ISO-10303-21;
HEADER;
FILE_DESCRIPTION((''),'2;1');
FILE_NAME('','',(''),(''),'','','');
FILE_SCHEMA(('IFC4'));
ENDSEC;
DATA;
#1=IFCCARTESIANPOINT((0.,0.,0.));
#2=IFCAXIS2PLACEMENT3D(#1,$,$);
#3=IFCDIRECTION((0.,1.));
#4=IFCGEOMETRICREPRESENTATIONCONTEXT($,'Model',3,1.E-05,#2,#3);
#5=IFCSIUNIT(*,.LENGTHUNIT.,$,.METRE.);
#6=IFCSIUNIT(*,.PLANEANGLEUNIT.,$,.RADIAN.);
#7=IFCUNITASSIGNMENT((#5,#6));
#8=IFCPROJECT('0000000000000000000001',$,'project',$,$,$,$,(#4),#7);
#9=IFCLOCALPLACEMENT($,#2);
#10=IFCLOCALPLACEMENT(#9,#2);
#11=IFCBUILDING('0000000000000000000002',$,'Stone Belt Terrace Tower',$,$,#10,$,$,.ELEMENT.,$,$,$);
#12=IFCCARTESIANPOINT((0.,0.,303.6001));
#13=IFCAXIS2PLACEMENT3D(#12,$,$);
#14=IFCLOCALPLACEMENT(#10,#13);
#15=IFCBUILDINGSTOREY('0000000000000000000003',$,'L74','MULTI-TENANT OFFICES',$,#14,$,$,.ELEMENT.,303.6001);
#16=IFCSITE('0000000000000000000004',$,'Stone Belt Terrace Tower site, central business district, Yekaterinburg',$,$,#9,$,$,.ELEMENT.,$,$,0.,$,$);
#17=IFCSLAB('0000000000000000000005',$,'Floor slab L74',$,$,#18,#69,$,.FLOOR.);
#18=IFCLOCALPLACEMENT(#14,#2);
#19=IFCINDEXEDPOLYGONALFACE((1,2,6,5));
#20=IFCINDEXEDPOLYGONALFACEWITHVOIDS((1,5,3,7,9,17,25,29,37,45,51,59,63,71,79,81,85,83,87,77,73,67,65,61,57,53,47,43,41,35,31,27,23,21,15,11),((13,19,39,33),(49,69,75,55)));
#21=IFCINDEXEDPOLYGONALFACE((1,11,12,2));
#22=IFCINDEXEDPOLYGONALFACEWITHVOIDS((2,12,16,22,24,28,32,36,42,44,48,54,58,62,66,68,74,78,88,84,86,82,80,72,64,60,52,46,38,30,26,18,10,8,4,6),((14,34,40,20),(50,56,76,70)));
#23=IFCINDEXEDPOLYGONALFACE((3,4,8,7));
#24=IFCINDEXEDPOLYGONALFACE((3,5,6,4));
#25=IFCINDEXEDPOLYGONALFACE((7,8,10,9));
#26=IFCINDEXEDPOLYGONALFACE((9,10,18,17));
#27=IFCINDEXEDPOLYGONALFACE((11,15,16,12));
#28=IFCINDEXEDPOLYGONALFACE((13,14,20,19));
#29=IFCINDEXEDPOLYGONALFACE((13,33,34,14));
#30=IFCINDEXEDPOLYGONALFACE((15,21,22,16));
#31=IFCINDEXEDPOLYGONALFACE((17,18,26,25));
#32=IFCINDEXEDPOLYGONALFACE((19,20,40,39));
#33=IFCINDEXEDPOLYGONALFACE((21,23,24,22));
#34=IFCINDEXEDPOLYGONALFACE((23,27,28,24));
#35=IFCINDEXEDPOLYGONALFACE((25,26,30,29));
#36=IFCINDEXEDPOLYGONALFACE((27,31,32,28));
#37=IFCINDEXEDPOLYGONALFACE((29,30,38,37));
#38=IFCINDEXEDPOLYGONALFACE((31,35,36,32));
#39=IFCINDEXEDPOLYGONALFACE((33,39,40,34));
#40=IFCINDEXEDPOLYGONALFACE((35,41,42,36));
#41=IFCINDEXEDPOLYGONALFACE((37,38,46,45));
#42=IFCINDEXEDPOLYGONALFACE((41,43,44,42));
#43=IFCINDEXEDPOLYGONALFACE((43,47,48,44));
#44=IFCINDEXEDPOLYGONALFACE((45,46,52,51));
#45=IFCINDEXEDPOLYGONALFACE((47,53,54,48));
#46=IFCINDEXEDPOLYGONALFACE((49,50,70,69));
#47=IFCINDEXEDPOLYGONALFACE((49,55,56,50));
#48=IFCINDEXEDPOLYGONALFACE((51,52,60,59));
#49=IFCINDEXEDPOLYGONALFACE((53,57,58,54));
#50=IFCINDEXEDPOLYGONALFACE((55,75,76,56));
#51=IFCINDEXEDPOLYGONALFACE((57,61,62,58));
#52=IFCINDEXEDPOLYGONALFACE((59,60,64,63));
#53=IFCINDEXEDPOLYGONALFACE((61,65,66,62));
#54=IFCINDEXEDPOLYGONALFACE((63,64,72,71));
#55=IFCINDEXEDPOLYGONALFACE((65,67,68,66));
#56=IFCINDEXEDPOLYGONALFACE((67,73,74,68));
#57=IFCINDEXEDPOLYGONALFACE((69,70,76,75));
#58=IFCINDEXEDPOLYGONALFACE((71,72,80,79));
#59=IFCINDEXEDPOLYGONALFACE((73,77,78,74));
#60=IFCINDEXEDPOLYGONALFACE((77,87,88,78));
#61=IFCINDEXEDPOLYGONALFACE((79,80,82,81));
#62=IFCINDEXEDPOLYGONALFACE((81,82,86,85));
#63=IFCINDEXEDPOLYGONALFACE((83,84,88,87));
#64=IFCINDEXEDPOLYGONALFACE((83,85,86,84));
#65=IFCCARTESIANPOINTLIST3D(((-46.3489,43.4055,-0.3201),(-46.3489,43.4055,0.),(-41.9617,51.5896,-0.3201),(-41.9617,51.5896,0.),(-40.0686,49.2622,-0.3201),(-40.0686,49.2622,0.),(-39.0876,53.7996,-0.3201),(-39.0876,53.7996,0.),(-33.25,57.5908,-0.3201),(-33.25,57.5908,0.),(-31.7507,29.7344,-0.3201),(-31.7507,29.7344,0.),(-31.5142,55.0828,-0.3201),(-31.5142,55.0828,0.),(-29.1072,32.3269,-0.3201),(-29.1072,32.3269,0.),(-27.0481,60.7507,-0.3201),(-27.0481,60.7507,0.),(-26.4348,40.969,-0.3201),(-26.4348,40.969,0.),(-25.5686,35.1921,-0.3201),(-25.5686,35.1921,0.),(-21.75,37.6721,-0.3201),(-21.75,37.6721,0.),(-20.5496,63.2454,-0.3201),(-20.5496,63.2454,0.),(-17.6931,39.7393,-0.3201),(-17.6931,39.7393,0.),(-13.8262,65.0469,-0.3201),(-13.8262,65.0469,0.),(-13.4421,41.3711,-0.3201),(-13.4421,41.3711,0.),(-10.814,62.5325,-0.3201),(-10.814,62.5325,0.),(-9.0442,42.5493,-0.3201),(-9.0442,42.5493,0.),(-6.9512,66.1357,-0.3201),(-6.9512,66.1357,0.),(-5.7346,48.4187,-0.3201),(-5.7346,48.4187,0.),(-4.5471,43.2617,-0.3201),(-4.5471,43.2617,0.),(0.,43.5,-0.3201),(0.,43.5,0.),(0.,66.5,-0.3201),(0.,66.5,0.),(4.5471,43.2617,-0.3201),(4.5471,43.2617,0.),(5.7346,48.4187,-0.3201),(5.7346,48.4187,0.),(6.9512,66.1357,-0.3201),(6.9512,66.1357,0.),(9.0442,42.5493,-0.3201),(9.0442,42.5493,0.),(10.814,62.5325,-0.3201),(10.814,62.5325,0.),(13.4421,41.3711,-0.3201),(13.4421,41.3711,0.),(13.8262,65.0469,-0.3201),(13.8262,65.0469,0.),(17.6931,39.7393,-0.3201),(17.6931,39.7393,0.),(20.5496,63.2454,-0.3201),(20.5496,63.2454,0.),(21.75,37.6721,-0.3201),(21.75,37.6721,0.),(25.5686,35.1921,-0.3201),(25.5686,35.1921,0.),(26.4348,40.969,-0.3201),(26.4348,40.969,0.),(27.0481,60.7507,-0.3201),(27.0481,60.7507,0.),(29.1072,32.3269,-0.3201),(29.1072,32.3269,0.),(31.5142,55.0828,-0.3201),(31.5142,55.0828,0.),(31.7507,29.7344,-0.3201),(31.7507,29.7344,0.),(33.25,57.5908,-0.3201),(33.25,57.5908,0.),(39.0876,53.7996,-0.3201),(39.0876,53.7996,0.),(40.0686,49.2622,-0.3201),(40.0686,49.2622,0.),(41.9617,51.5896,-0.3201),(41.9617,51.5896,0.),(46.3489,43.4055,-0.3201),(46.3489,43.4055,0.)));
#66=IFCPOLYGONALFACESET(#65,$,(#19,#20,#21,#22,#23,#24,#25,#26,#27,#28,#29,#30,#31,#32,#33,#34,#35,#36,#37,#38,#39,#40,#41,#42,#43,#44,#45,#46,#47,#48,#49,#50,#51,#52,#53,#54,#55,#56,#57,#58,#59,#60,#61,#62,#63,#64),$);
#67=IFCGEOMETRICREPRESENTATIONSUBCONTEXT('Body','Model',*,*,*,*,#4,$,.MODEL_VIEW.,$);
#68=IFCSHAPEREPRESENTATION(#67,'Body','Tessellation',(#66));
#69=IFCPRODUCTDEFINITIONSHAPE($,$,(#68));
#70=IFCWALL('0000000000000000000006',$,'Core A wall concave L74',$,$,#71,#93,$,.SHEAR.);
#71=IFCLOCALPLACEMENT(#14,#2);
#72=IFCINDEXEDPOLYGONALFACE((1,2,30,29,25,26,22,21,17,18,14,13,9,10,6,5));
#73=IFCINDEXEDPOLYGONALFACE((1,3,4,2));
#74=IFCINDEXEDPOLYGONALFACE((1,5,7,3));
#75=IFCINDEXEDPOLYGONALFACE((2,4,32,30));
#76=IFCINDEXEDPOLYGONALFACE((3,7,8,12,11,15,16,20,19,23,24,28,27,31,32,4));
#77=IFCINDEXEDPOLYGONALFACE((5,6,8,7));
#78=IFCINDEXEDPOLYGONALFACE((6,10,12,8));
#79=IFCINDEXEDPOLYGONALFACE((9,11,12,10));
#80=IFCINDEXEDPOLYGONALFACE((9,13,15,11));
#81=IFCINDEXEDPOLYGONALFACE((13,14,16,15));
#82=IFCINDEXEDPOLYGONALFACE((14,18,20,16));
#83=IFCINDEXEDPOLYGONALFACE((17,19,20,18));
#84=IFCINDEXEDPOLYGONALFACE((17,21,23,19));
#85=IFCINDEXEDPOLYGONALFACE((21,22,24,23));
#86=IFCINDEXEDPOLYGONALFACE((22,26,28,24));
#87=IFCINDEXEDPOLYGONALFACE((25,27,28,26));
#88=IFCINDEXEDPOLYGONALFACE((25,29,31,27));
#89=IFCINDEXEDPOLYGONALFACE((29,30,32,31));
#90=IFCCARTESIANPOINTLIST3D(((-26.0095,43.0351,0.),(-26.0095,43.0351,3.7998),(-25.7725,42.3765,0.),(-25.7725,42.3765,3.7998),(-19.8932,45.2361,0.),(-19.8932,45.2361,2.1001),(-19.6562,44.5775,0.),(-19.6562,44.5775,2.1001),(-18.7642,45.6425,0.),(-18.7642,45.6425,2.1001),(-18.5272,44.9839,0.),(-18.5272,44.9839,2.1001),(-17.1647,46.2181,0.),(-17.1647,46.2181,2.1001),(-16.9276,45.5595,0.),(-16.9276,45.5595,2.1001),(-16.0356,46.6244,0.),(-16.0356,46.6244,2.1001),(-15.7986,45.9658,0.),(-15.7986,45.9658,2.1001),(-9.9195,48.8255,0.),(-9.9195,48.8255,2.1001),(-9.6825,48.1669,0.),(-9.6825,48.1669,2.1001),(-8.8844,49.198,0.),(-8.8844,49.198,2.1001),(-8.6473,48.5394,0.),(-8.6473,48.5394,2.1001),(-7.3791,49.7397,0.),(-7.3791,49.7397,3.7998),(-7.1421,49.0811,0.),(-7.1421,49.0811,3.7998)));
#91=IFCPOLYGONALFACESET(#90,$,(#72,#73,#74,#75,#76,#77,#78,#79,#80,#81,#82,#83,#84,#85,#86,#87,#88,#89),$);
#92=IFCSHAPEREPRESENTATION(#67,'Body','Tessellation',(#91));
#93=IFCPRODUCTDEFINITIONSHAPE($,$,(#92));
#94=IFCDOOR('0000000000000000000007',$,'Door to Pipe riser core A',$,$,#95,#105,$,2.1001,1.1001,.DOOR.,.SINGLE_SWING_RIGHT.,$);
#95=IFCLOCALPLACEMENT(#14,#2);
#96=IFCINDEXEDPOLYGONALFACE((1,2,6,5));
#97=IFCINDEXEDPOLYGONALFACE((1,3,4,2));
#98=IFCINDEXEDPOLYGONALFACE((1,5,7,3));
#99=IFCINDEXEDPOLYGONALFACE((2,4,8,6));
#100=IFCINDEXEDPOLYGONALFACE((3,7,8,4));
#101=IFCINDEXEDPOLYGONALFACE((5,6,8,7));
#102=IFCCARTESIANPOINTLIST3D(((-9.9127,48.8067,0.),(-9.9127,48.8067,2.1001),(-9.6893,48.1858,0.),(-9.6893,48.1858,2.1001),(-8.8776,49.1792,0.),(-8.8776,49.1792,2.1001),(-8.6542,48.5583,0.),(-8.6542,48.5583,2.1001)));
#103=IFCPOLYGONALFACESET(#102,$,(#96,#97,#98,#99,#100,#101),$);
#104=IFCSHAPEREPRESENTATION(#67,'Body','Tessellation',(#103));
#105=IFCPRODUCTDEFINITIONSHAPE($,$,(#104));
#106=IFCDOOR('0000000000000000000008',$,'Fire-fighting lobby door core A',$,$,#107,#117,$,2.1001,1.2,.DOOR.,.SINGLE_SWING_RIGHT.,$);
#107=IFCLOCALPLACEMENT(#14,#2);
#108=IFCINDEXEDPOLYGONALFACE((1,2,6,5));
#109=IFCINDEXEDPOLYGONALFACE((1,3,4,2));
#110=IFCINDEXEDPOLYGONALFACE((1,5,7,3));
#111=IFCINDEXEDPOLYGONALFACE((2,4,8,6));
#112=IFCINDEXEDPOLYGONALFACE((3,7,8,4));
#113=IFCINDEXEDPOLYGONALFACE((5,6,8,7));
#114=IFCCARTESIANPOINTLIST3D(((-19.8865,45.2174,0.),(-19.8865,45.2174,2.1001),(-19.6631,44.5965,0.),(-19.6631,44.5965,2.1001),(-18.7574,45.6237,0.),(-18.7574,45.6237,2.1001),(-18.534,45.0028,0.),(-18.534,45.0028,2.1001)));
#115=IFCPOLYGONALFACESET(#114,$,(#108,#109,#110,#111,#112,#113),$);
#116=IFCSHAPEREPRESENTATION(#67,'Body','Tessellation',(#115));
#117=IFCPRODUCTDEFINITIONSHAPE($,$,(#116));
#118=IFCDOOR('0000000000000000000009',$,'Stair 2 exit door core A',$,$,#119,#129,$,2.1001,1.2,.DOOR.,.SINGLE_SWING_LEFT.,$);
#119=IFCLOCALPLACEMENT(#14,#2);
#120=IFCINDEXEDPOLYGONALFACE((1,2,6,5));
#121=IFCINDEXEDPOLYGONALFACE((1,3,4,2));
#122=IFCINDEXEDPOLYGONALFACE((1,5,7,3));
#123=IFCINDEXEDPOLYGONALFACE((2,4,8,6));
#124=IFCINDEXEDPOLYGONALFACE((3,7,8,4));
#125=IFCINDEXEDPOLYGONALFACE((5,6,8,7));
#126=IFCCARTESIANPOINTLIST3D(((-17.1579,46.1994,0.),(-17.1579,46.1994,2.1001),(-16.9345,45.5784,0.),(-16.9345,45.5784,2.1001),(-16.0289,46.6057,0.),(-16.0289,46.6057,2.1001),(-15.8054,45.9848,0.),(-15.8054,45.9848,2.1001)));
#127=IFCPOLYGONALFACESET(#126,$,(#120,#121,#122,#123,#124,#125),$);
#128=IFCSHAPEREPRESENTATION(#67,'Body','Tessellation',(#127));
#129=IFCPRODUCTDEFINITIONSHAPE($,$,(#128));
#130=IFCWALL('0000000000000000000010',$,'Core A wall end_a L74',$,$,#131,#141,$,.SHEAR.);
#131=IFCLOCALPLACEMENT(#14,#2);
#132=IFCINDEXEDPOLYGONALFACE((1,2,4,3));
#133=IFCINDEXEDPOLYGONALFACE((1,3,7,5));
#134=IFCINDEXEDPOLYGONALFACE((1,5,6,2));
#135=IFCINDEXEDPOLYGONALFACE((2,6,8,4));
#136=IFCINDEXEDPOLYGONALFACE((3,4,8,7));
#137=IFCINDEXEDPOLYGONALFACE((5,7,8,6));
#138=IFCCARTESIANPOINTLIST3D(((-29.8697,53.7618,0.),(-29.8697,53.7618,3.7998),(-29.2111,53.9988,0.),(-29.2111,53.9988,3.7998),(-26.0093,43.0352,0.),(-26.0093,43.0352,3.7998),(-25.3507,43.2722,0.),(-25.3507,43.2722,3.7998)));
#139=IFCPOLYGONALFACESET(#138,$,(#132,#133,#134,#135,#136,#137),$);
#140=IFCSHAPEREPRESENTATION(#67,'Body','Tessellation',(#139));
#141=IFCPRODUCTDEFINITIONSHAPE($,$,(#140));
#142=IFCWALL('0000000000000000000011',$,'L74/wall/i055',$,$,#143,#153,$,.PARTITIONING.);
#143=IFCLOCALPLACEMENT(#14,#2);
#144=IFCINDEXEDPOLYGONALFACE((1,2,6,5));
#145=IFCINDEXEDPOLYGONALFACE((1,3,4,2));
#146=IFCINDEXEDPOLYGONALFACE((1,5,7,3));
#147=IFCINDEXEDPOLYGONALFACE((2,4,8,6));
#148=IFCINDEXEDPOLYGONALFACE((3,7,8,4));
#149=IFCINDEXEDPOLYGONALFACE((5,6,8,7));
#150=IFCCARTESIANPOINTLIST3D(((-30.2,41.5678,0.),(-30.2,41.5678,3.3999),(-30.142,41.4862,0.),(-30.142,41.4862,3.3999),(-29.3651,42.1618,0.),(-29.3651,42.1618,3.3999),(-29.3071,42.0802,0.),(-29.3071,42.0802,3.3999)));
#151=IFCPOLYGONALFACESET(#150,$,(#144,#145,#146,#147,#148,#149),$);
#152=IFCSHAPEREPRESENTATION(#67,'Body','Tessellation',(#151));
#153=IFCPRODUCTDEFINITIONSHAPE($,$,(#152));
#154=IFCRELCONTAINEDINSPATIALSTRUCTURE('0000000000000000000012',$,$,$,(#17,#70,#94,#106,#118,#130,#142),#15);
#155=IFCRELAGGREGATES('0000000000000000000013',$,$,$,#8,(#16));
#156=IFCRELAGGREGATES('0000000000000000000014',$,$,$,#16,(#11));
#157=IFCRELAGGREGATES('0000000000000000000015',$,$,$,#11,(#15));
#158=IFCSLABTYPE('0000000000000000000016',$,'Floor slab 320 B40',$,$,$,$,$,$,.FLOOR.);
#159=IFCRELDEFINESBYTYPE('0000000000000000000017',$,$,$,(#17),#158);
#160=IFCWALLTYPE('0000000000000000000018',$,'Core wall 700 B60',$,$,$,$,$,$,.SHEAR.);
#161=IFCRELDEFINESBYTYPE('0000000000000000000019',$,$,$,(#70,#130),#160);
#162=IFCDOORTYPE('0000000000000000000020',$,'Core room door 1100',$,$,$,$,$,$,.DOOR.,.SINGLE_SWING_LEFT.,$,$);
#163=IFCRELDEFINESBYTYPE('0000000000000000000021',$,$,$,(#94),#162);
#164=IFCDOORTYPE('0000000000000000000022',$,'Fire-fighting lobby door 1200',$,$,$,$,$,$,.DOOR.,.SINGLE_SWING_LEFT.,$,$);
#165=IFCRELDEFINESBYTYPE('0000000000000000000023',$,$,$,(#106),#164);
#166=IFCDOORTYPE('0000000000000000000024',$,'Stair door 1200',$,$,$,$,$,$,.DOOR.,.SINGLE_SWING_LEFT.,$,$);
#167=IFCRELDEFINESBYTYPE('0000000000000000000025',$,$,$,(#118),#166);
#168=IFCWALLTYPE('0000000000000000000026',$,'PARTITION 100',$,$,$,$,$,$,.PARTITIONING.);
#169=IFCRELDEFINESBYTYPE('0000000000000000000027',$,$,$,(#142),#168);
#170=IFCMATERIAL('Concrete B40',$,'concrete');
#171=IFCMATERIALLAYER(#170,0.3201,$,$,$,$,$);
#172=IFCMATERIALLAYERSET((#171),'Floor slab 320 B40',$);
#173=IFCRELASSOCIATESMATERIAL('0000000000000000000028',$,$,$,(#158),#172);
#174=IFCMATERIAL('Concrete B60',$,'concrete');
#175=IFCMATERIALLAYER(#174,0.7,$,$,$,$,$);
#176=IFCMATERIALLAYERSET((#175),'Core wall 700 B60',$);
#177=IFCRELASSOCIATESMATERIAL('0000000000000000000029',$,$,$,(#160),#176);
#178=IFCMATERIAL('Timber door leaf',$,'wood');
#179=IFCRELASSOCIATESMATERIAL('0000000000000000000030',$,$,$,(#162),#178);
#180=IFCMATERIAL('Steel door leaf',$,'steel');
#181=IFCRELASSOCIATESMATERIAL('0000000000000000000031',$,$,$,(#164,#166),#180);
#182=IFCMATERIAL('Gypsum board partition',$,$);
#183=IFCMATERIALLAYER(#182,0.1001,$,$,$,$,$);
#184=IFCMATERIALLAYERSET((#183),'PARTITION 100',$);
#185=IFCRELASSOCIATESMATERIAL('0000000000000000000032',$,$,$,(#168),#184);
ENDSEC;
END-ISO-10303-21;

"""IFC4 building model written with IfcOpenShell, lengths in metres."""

from ifc_helpers import new_model, si_unit, direction, frame, frame_2d, origin, place, context, subcontext, project, spatial, polyline, rectangle, outline, extrude, material, layer, layer_set, type_object, element, fill, save


model = new_model("IFC4")

# Units and contexts
model_context = context("Model", 3, precision=1e-05, world=origin(), true_north=direction((0.0, 1.0)))
body_context = subcontext(model_context, "Body", "Model", "MODEL_VIEW")
ifc_project = project(units=[si_unit("LENGTHUNIT", "METRE"), si_unit("PLANEANGLEUNIT", "RADIAN")], contexts=[model_context])

# Site, building, storey
site_placement = place(None, origin())
site = spatial("IfcSite", under=ifc_project, at=site_placement, Name="Stone Belt Terrace Tower site, central business district, Yekaterinburg", CompositionType="ELEMENT", RefElevation=0.0)
building_placement = place(site_placement, origin())
building = spatial("IfcBuilding", under=site, at=building_placement, Name="Stone Belt Terrace Tower", CompositionType="ELEMENT")
storey_placement = place(building_placement, frame((0.0, 0.0, 303.6001)))
storey = spatial("IfcBuildingStorey", under=building, at=storey_placement, Name="L74", Description="MULTI-TENANT OFFICES", CompositionType="ELEMENT", Elevation=303.6001)

# Shared definitions
ifc_material_1 = material(Name="Concrete B60", Category="concrete")

# Slab
ifc_material_2 = material(Name="Concrete B40", Category="concrete")
ifc_layer_1 = layer(ifc_material_2, 0.3201)
ifc_layer_set_1 = layer_set([ifc_layer_1], Name="Floor slab 320 B40")
slab_type = type_object("IfcSlabType", Name="Floor slab 320 B40", PredefinedType="FLOOR", material=ifc_layer_set_1)
slab_placement = place(storey_placement, frame((0.0, 0.0, -0.3201)))
element("IfcSlab", 1, at=slab_placement, inside=storey, type_object=slab_type, Name="Floor slab L74", PredefinedType="FLOOR", context=body_context, shape_type="SweptSolid", body=[
    extrude(outline(polyline([(-40.0686, 49.2622), (-41.9617, 51.5896), (-39.0876, 53.7996), (-33.25, 57.5908), (-27.0481, 60.7507), (-20.5496, 63.2454), (-13.8262, 65.0469), (-6.9512, 66.1357), (0.0, 66.5), (6.9512, 66.1357), (13.8262, 65.0469), (20.5496, 63.2454), (27.0481, 60.7507), (33.25, 57.5908), (39.0876, 53.7996), (41.9617, 51.5896), (40.0686, 49.2622), (46.3489, 43.4055), (31.7507, 29.7344), (29.1072, 32.3269), (25.5686, 35.1921), (21.75, 37.6721), (17.6931, 39.7393), (13.4421, 41.3711), (9.0442, 42.5493), (4.5471, 43.2617), (0.0, 43.5), (-4.5471, 43.2617), (-9.0442, 42.5493), (-13.4421, 41.3711), (-17.6931, 39.7393), (-21.75, 37.6721), (-25.5686, 35.1921), (-29.1072, 32.3269), (-31.7507, 29.7344), (-46.3489, 43.4055), (-40.0686, 49.2622)]), holes=[polyline([(-10.814, 62.5325), (-31.5142, 55.0828), (-26.4348, 40.969), (-5.7346, 48.4187), (-10.814, 62.5325)]), polyline([(26.4348, 40.969), (31.5142, 55.0828), (10.814, 62.5325), (5.7346, 48.4187), (26.4348, 40.969)])]), origin(), (0.0, 0.0, 1.0), 0.3201),
])

# Wall, openings, doors
ifc_layer_2 = layer(ifc_material_1, 0.7)
ifc_layer_set_2 = layer_set([ifc_layer_2], Name="Core wall 700 B60")
wall_type_1 = type_object("IfcWallType", Name="Core wall 700 B60", PredefinedType="SHEAR", material=ifc_layer_set_2)
wall_1_placement = place(storey_placement, frame((-25.8909, 42.7058, 0.0), z_axis=(0.0, 0.0, 1.0), x_axis=(0.940925, 0.338615, 0.0)))
wall_1 = element("IfcWall", 2, at=wall_1_placement, inside=storey, type_object=wall_type_1, Name="Core A wall concave L74", PredefinedType="SHEAR", context=body_context, shape_type="SweptSolid", body=[
    extrude(rectangle(XDim=19.8, YDim=0.7, at=frame_2d((9.8999, 0.0))), origin(), (0.0, 0.0, 1.0), 3.7998),
])
opening_1_placement = place(wall_1_placement, frame((6.5, 0.0, 0.0)))
opening_1 = element("IfcOpeningElement", 3, at=opening_1_placement, cuts=wall_1, PredefinedType="OPENING", context=body_context, shape_type="SweptSolid", body=[
    extrude(rectangle(XDim=1.2, YDim=2.1001, at=frame_2d((0.6001, 1.05))), frame((0.0, 0.3599, 0.0), z_axis=(0.0, -1.0, 0.0), x_axis=(1.0, 0.0, 0.0)), (0.0, 0.0, 1.0), 0.72),
])
opening_2_placement = place(wall_1_placement, frame((9.3999, 0.0, 0.0)))
opening_2 = element("IfcOpeningElement", 4, at=opening_2_placement, cuts=wall_1, PredefinedType="OPENING", context=body_context, shape_type="SweptSolid", body=[
    extrude(rectangle(XDim=1.2, YDim=2.1001, at=frame_2d((0.6001, 1.05))), frame((0.0, 0.3599, 0.0), z_axis=(0.0, -1.0, 0.0), x_axis=(1.0, 0.0, 0.0)), (0.0, 0.0, 1.0), 0.72),
])
opening_3_placement = place(wall_1_placement, frame((17.1001, 0.0, 0.0)))
opening_3 = element("IfcOpeningElement", 5, at=opening_3_placement, cuts=wall_1, PredefinedType="OPENING", context=body_context, shape_type="SweptSolid", body=[
    extrude(rectangle(XDim=1.1001, YDim=2.1001, at=frame_2d((0.55, 1.05))), frame((0.0, 0.3599, 0.0), z_axis=(0.0, -1.0, 0.0), x_axis=(1.0, 0.0, 0.0)), (0.0, 0.0, 1.0), 0.72),
])
ifc_material_3 = material(Name="Timber door leaf", Category="wood")
door_type_1 = type_object("IfcDoorType", Name="Core room door 1100", OperationType="SINGLE_SWING_LEFT", PredefinedType="DOOR", material=ifc_material_3)
door_1_placement = place(opening_3_placement, origin())
door_1 = element("IfcDoor", 6, at=door_1_placement, inside=storey, type_object=door_type_1, Name="Door to Pipe riser core A", OperationType="SINGLE_SWING_RIGHT", OverallHeight=2.1001, OverallWidth=1.1001, PredefinedType="DOOR", context=body_context, shape_type="SweptSolid", body=[
    extrude(rectangle(XDim=1.1001, YDim=2.1001, at=frame_2d((0.55, 1.05))), frame((0.0, 0.3301, 0.0), z_axis=(0.0, -1.0, 0.0), x_axis=(1.0, 0.0, 0.0)), (0.0, 0.0, 1.0), 0.6599),
])
fill(opening_3, door_1)
ifc_material_4 = material(Name="Steel door leaf", Category="steel")
door_type_2 = type_object("IfcDoorType", Name="Fire-fighting lobby door 1200", OperationType="SINGLE_SWING_LEFT", PredefinedType="DOOR", material=ifc_material_4)
door_2_placement = place(opening_1_placement, origin())
door_2 = element("IfcDoor", 7, at=door_2_placement, inside=storey, type_object=door_type_2, Name="Fire-fighting lobby door core A", OperationType="SINGLE_SWING_RIGHT", OverallHeight=2.1001, OverallWidth=1.2, PredefinedType="DOOR", context=body_context, shape_type="SweptSolid", body=[
    extrude(rectangle(XDim=1.2, YDim=2.1001, at=frame_2d((0.6001, 1.05))), frame((0.0, 0.3301, 0.0), z_axis=(0.0, -1.0, 0.0), x_axis=(1.0, 0.0, 0.0)), (0.0, 0.0, 1.0), 0.6599),
])
fill(opening_1, door_2)
door_type_3 = type_object("IfcDoorType", Name="Stair door 1200", OperationType="SINGLE_SWING_LEFT", PredefinedType="DOOR", material=ifc_material_4)
door_3_placement = place(opening_2_placement, origin())
door_3 = element("IfcDoor", 8, at=door_3_placement, inside=storey, type_object=door_type_3, Name="Stair 2 exit door core A", OperationType="SINGLE_SWING_LEFT", OverallHeight=2.1001, OverallWidth=1.2, PredefinedType="DOOR", context=body_context, shape_type="SweptSolid", body=[
    extrude(rectangle(XDim=1.2, YDim=2.1001, at=frame_2d((0.6001, 1.05))), frame((0.0, 0.3301, 0.0), z_axis=(0.0, -1.0, 0.0), x_axis=(1.0, 0.0, 0.0)), (0.0, 0.0, 1.0), 0.6599),
])
fill(opening_2, door_3)

# Walls
wall_2_placement = place(storey_placement, frame((-25.6799, 43.1536, 0.0), z_axis=(0.0, 0.0, 1.0), x_axis=(-0.338625, 0.940921, 0.0)))
element("IfcWall", 9, at=wall_2_placement, inside=storey, type_object=wall_type_1, Name="Core A wall end_a L74", PredefinedType="SHEAR", context=body_context, shape_type="SweptSolid", body=[
    extrude(rectangle(XDim=11.4001, YDim=0.7, at=frame_2d((5.7002, 0.0))), origin(), (0.0, 0.0, 1.0), 3.7998),
])
ifc_material_5 = material(Name="Gypsum board partition")
ifc_layer_3 = layer(ifc_material_5, 0.1001)
ifc_layer_set_3 = layer_set([ifc_layer_3], Name="PARTITION 100")
wall_type_2 = type_object("IfcWallType", Name="PARTITION 100", PredefinedType="PARTITIONING", material=ifc_layer_set_3)
wall_3_placement = place(storey_placement, frame((-30.1709, 41.5271, 0.0), z_axis=(0.0, 0.0, 1.0), x_axis=(0.814843, 0.579682, 0.0)))
element("IfcWall", 10, at=wall_3_placement, inside=storey, type_object=wall_type_2, Name="L74/wall/i055", PredefinedType="PARTITIONING", context=body_context, shape_type="SweptSolid", body=[
    extrude(rectangle(XDim=1.0247, YDim=0.1001, at=frame_2d((0.5122, 0.0))), origin(), (0.0, 0.0, 1.0), 3.3999),
])

save(model, "model.ifc")
